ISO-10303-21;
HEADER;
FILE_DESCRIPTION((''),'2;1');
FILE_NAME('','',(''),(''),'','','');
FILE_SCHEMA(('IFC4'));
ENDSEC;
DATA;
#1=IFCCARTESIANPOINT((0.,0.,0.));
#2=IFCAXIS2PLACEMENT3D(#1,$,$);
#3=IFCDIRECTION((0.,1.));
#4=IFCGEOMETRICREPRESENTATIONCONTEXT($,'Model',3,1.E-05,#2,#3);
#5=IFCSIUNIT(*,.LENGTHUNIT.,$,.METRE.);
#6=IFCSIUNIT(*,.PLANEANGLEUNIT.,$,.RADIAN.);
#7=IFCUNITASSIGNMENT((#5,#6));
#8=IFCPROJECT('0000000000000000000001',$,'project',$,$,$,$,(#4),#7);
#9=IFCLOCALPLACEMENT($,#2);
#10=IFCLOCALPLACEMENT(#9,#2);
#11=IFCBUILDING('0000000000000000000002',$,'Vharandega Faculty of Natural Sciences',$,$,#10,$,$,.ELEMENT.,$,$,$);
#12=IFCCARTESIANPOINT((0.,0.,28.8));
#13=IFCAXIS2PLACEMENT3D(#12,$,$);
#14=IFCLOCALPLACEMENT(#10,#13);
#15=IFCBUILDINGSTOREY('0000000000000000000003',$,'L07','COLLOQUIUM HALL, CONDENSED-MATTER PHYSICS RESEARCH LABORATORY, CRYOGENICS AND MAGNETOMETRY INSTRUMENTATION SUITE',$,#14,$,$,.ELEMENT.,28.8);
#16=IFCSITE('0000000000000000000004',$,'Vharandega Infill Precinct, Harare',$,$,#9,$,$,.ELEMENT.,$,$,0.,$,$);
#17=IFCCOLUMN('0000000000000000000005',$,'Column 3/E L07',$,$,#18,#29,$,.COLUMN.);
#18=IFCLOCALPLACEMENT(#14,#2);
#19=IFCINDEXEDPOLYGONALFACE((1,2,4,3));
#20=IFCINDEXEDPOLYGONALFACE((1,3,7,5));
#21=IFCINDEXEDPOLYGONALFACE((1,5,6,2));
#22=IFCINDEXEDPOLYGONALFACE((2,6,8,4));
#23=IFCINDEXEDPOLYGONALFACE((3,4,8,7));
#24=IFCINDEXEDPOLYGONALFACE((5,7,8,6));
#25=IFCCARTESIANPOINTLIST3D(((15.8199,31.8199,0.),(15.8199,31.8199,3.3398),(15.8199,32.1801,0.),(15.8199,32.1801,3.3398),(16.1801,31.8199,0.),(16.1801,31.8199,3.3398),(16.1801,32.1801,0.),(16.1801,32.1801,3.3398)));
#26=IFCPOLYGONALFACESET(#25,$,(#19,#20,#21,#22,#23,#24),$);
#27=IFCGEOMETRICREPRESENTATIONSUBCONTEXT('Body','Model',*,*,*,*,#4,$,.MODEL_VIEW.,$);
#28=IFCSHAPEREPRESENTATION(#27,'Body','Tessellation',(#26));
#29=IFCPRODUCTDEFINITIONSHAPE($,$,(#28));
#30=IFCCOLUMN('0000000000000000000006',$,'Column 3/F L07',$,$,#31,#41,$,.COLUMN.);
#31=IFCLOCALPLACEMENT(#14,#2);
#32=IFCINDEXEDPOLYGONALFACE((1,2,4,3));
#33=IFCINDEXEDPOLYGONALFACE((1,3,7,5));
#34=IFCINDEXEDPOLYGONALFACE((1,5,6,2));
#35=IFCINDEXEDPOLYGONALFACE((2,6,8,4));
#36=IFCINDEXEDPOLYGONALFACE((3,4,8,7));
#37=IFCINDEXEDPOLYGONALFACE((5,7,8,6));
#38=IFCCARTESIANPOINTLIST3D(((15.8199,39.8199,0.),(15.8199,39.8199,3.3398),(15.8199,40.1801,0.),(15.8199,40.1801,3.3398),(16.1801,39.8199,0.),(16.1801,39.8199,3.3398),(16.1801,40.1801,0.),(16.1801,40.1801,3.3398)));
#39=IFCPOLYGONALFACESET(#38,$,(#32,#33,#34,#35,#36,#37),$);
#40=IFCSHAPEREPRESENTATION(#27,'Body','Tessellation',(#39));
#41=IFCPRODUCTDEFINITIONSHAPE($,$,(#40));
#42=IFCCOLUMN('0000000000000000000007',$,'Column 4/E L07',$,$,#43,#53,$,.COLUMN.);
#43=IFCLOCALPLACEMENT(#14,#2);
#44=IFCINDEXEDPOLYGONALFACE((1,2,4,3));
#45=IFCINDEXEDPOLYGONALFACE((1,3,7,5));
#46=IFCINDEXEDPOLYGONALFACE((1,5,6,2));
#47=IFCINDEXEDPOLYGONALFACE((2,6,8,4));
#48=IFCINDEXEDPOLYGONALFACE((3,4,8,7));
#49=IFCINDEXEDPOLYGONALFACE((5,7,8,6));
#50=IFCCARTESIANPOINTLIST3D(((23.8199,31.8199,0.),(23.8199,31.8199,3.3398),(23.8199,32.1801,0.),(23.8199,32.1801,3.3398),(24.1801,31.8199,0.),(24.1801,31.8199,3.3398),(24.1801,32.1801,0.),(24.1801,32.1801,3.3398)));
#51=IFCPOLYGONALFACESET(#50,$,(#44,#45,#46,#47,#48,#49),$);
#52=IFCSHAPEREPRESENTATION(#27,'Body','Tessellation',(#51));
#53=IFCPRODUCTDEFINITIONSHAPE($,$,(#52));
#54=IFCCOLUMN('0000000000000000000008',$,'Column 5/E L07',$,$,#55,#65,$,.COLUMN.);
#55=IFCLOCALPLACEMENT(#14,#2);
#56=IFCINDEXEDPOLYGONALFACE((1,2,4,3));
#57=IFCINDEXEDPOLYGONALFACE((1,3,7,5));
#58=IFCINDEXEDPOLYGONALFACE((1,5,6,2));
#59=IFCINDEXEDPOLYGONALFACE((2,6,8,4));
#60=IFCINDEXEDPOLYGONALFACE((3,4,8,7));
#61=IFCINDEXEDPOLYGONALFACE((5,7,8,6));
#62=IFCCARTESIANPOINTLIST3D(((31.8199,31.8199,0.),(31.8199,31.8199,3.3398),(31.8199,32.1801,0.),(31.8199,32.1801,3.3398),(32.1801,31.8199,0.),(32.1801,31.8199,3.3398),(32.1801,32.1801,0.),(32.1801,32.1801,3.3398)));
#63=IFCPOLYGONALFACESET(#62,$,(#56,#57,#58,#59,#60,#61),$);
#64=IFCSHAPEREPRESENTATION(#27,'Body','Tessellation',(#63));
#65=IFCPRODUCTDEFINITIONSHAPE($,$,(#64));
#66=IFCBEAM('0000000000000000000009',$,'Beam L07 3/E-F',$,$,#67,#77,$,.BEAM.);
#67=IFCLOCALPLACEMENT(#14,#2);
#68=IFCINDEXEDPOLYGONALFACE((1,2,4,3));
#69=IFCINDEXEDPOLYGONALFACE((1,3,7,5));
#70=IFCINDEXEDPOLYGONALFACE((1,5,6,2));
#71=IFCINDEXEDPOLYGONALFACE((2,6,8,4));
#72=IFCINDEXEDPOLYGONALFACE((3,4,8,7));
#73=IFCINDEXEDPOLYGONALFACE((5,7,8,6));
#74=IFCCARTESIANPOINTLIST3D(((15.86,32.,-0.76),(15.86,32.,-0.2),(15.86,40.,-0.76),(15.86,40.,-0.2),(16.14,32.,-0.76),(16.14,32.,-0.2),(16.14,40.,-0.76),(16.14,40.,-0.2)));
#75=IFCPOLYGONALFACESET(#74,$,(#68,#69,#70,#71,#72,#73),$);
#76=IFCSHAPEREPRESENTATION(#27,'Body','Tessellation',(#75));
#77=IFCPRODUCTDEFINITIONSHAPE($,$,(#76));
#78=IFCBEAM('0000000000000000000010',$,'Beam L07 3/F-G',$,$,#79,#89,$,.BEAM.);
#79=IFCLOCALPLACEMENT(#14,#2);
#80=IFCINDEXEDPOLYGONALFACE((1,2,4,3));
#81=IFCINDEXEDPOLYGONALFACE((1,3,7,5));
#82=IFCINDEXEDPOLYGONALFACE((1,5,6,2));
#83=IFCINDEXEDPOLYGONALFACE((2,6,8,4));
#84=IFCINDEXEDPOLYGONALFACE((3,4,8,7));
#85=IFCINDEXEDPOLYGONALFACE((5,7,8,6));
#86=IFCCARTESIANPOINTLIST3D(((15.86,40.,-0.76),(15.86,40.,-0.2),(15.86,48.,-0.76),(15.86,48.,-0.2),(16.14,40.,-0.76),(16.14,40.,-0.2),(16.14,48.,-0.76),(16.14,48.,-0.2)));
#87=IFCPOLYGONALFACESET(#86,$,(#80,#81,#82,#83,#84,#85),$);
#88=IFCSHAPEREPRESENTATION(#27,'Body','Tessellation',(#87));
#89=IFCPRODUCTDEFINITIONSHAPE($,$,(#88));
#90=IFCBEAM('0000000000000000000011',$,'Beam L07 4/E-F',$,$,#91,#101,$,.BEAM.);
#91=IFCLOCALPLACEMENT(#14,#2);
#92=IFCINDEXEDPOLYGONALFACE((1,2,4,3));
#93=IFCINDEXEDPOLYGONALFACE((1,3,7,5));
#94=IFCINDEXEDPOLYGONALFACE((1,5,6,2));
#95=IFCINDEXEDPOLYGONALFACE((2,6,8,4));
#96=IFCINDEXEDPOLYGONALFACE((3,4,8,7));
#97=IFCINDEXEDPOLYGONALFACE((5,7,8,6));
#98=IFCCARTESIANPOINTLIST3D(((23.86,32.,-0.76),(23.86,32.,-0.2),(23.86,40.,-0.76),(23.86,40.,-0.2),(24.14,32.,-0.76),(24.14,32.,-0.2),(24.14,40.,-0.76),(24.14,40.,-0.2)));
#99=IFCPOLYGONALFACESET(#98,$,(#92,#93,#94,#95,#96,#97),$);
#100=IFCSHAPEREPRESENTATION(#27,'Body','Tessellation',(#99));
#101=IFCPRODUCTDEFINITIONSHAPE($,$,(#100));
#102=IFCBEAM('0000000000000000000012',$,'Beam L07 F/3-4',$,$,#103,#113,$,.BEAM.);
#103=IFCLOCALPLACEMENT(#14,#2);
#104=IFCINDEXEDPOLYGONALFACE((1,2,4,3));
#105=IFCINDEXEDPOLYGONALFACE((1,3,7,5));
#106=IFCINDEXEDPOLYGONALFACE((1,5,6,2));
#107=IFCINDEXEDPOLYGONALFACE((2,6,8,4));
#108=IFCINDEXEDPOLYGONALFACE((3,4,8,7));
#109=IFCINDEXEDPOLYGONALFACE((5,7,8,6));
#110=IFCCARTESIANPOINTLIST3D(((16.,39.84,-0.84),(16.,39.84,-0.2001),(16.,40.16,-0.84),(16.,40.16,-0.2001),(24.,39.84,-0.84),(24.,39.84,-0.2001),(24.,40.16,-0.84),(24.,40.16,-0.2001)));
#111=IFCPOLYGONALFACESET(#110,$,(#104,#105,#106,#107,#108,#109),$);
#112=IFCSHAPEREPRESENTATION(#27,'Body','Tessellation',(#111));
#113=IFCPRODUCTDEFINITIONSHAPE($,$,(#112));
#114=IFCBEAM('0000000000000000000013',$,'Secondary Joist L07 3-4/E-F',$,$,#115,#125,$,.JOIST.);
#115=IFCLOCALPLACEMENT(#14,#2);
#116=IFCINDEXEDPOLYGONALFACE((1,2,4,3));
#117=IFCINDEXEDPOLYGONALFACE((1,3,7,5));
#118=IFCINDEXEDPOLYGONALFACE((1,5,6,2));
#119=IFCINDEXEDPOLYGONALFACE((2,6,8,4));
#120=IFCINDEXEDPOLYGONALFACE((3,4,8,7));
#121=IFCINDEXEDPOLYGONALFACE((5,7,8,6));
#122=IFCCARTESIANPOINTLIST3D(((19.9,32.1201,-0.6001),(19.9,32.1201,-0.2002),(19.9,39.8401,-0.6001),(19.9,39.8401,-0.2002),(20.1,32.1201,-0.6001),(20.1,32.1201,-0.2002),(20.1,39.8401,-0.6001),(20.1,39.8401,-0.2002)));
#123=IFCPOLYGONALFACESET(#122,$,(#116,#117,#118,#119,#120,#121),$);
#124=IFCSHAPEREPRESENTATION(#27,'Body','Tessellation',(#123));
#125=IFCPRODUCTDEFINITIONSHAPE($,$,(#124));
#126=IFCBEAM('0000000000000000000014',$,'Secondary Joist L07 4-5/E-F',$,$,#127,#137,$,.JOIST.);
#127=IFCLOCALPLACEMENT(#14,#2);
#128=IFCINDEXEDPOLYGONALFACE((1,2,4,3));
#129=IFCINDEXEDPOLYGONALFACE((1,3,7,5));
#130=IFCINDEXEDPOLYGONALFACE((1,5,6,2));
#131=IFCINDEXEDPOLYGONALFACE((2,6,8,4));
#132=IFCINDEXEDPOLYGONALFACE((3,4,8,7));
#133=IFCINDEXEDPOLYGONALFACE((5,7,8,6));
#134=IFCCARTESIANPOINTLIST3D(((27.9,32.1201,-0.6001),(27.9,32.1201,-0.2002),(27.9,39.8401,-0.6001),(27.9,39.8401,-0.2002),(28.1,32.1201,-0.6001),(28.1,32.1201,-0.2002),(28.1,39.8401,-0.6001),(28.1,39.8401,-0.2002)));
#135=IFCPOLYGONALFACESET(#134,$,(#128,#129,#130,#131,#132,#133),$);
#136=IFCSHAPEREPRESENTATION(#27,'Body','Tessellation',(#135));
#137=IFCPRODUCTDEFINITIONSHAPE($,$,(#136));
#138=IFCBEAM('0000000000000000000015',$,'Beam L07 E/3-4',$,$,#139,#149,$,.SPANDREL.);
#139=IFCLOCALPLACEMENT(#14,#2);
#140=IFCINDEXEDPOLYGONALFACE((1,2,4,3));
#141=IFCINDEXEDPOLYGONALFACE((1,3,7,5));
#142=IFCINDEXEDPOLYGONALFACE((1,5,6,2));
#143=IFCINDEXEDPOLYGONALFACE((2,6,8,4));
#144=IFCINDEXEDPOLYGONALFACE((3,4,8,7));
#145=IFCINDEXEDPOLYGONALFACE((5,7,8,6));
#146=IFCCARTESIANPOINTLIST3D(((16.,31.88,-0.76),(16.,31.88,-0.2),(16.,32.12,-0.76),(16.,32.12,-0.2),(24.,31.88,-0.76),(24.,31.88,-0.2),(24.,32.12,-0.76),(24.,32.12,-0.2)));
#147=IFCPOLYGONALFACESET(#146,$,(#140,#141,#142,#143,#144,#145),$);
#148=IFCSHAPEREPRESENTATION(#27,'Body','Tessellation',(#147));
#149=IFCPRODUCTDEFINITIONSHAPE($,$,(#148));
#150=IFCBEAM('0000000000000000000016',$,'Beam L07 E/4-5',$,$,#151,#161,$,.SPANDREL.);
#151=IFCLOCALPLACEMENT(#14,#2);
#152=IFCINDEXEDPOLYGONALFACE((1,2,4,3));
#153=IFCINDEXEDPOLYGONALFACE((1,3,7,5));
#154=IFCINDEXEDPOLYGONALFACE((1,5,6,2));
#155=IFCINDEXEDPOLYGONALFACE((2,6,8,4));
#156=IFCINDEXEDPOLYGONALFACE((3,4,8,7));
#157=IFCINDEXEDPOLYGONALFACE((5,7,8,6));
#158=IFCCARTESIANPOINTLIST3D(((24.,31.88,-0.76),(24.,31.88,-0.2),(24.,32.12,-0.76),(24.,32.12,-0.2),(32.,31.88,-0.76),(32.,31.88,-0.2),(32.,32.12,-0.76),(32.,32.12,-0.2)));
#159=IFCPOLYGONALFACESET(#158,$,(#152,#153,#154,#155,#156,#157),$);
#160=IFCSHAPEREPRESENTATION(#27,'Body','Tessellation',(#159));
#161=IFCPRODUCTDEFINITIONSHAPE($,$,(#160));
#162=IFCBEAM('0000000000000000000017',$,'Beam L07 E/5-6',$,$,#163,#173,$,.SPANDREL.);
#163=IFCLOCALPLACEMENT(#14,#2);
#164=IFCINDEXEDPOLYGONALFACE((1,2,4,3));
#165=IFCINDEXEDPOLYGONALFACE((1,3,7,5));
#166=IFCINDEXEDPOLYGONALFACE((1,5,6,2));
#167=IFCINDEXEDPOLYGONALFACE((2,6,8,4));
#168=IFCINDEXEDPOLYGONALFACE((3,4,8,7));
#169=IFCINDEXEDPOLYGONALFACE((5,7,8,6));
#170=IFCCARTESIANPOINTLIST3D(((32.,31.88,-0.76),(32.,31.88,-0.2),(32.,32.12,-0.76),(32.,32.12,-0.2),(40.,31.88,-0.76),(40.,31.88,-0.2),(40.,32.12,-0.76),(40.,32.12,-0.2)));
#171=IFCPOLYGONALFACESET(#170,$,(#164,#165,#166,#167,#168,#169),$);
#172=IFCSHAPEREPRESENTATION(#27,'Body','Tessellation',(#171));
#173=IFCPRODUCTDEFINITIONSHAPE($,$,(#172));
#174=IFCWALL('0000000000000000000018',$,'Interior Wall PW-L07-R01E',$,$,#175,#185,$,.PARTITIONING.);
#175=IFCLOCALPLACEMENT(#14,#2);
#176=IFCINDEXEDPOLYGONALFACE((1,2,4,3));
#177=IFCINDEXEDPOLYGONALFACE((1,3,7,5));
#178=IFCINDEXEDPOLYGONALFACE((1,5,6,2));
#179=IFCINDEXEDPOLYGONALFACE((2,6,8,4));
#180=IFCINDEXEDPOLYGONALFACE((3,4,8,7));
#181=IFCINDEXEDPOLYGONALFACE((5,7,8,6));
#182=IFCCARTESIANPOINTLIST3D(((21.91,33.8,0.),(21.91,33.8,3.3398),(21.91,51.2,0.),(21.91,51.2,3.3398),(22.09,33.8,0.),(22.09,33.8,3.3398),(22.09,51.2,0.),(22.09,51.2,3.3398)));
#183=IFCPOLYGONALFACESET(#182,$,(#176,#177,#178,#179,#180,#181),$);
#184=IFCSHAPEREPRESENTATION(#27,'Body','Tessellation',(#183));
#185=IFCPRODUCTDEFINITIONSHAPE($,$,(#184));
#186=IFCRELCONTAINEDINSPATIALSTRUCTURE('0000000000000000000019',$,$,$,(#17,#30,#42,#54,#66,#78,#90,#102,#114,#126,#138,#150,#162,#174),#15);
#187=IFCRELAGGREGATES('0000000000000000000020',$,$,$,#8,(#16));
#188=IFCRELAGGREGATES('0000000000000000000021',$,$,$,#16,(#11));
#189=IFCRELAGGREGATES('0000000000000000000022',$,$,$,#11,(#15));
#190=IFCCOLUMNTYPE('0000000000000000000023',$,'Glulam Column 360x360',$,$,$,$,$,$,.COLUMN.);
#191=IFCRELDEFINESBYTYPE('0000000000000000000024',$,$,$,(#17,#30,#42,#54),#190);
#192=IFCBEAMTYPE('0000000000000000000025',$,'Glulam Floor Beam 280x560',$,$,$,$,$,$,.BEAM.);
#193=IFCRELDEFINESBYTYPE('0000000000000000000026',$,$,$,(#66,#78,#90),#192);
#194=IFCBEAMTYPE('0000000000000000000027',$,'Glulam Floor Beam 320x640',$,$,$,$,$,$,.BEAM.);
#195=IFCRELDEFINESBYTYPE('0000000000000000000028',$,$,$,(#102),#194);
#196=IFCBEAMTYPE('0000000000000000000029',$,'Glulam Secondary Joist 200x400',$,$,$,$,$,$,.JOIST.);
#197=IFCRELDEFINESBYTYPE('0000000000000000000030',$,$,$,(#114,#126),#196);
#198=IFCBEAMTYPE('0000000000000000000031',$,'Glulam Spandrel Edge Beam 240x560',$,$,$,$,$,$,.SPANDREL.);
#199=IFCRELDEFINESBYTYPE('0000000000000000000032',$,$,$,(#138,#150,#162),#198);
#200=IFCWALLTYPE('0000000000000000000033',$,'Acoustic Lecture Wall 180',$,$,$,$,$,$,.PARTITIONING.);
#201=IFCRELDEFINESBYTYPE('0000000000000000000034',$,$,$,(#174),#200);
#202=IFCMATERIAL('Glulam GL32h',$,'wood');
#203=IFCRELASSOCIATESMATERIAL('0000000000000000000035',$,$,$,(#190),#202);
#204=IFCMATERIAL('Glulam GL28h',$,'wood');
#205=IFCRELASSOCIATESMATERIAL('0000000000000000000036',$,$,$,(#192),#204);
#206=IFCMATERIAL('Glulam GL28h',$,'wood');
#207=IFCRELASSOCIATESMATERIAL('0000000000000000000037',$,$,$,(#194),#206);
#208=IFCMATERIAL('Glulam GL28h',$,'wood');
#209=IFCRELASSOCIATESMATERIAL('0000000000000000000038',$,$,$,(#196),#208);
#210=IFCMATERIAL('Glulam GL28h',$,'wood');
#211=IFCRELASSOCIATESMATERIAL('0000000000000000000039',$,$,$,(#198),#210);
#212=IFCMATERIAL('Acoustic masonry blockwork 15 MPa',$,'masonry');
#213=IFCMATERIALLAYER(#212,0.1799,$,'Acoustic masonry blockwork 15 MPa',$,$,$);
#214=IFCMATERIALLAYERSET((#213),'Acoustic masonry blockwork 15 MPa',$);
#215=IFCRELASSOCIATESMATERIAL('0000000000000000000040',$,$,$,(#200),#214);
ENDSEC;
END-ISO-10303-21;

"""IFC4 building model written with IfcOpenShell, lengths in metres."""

from ifc_helpers import new_model, si_unit, direction, frame, frame_2d, origin, origin_2d, place, context, subcontext, project, spatial, rectangle, extrude, material, layer, layer_set, material_profile, profile_set, type_object, element, save


model = new_model("IFC4")

# Units and contexts
model_context = context("Model", 3, precision=1e-05, world=origin(), true_north=direction((0.0, 1.0)))
body_context = subcontext(model_context, "Body", "Model", "MODEL_VIEW")
ifc_project = project(units=[si_unit("LENGTHUNIT", "METRE"), si_unit("PLANEANGLEUNIT", "RADIAN")], contexts=[model_context])

# Site, building, storey
site_placement = place(None, origin())
site = spatial("IfcSite", under=ifc_project, at=site_placement, Name="Vharandega Infill Precinct, Harare", CompositionType="ELEMENT", RefElevation=0.0)
building_placement = place(site_placement, origin())
building = spatial("IfcBuilding", under=site, at=building_placement, Name="Vharandega Faculty of Natural Sciences", CompositionType="ELEMENT")
storey_placement = place(building_placement, frame((0.0, 0.0, 28.8)))
storey = spatial("IfcBuildingStorey", under=building, at=storey_placement, Name="L07", Description="COLLOQUIUM HALL, CONDENSED-MATTER PHYSICS RESEARCH LABORATORY, CRYOGENICS AND MAGNETOMETRY INSTRUMENTATION SUITE", CompositionType="ELEMENT", Elevation=28.8)

# Columns
ifc_material_1 = material(Name="Glulam GL32h", Category="wood")
ifc_material_profile_1 = material_profile(ifc_material_1, rectangle(XDim=0.3601, YDim=0.3601, at=origin_2d()), Name="GL32h 360x360")
ifc_profile_set_1 = profile_set([ifc_material_profile_1], Name="Glulam GL32h")
column_type = type_object("IfcColumnType", Name="Glulam Column 360x360", PredefinedType="COLUMN", material=ifc_profile_set_1)
for number, where, z_axis, x_axis, name in (
    (1, (16.0, 32.0, 0.0), (0.0, 0.0, 1.0), (1.0, 0.0, 0.0), "Column 3/E L07"),
    (2, (16.0, 40.0, 0.0), (0.0, 0.0, 1.0), (1.0, 0.0, 0.0), "Column 3/F L07"),
    (3, (24.0, 32.0, 0.0), (0.0, 0.0, 1.0), (1.0, 0.0, 0.0), "Column 4/E L07"),
    (4, (32.0, 32.0, 0.0), (0.0, 0.0, 1.0), (1.0, 0.0, 0.0), "Column 5/E L07"),
):
    element("IfcColumn", number, at=place(storey_placement, frame(where, z_axis=z_axis, x_axis=x_axis)), inside=storey, type_object=column_type, Name=name, PredefinedType="COLUMN", context=body_context, shape_type="SweptSolid", body=[
        extrude(rectangle(XDim=0.3601, YDim=0.3601, at=origin_2d()), origin(), (0.0, 0.0, 1.0), 3.3398),
    ])

# Beams
ifc_material_2 = material(Name="Glulam GL28h", Category="wood")
ifc_material_profile_2 = material_profile(ifc_material_2, rectangle(XDim=0.28, YDim=0.5601, at=origin_2d()), Name="GL28h 280x560")
ifc_profile_set_2 = profile_set([ifc_material_profile_2], Name="Glulam GL28h")
beam_type_1 = type_object("IfcBeamType", Name="Glulam Floor Beam 280x560", PredefinedType="BEAM", material=ifc_profile_set_2)
for number, where, z_axis, x_axis, name in (
    (5, (16.0, 32.0, -0.48), (0.0, 1.0, 0.0), (-1.0, 0.0, 0.0), "Beam L07 3/E-F"),
    (6, (16.0, 40.0, -0.48), (0.0, 1.0, 0.0), (-1.0, 0.0, 0.0), "Beam L07 3/F-G"),
    (7, (24.0, 32.0, -0.48), (0.0, 1.0, 0.0), (-1.0, 0.0, 0.0), "Beam L07 4/E-F"),
):
    element("IfcBeam", number, at=place(storey_placement, frame(where, z_axis=z_axis, x_axis=x_axis)), inside=storey, type_object=beam_type_1, Name=name, PredefinedType="BEAM", context=body_context, shape_type="SweptSolid", body=[
        extrude(rectangle(XDim=0.28, YDim=0.5601, at=origin_2d()), origin(), (0.0, 0.0, 1.0), 8.0),
    ])
ifc_material_3 = material(Name="Glulam GL28h", Category="wood")
ifc_material_profile_3 = material_profile(ifc_material_3, rectangle(XDim=0.3201, YDim=0.6399, at=origin_2d()), Name="GL28h 320x640")
ifc_profile_set_3 = profile_set([ifc_material_profile_3], Name="Glulam GL28h")
beam_type_2 = type_object("IfcBeamType", Name="Glulam Floor Beam 320x640", PredefinedType="BEAM", material=ifc_profile_set_3)
beam_placement = place(storey_placement, frame((16.0, 40.0, -0.52), z_axis=(1.0, 0.0, 0.0), x_axis=(0.0, 1.0, 0.0)))
element("IfcBeam", 8, at=beam_placement, inside=storey, type_object=beam_type_2, Name="Beam L07 F/3-4", PredefinedType="BEAM", context=body_context, shape_type="SweptSolid", body=[
    extrude(rectangle(XDim=0.3201, YDim=0.6399, at=origin_2d()), origin(), (0.0, 0.0, 1.0), 8.0),
])
ifc_material_4 = material(Name="Glulam GL28h", Category="wood")
ifc_material_profile_4 = material_profile(ifc_material_4, rectangle(XDim=0.2, YDim=0.3999, at=origin_2d()), Name="GL28h 200x400")
ifc_profile_set_4 = profile_set([ifc_material_profile_4], Name="Glulam GL28h")
beam_type_3 = type_object("IfcBeamType", Name="Glulam Secondary Joist 200x400", PredefinedType="JOIST", material=ifc_profile_set_4)
for number, where, z_axis, x_axis, name in (
    (9, (20.0, 32.1201, -0.4001), (0.0, 1.0, 0.0), (-1.0, 0.0, 0.0), "Secondary Joist L07 3-4/E-F"),
    (10, (28.0, 32.1201, -0.4001), (0.0, 1.0, 0.0), (-1.0, 0.0, 0.0), "Secondary Joist L07 4-5/E-F"),
):
    element("IfcBeam", number, at=place(storey_placement, frame(where, z_axis=z_axis, x_axis=x_axis)), inside=storey, type_object=beam_type_3, Name=name, PredefinedType="JOIST", context=body_context, shape_type="SweptSolid", body=[
        extrude(rectangle(XDim=0.2, YDim=0.3999, at=origin_2d()), origin(), (0.0, 0.0, 1.0), 7.72),
    ])
ifc_material_5 = material(Name="Glulam GL28h", Category="wood")
ifc_material_profile_5 = material_profile(ifc_material_5, rectangle(XDim=0.24, YDim=0.5601, at=origin_2d()), Name="GL28h 240x560")
ifc_profile_set_5 = profile_set([ifc_material_profile_5], Name="Glulam GL28h")
beam_type_4 = type_object("IfcBeamType", Name="Glulam Spandrel Edge Beam 240x560", PredefinedType="SPANDREL", material=ifc_profile_set_5)
for number, where, z_axis, x_axis, name in (
    (11, (16.0, 32.0, -0.48), (1.0, 0.0, 0.0), (0.0, 1.0, 0.0), "Beam L07 E/3-4"),
    (12, (24.0, 32.0, -0.48), (1.0, 0.0, 0.0), (0.0, 1.0, 0.0), "Beam L07 E/4-5"),
    (13, (32.0, 32.0, -0.48), (1.0, 0.0, 0.0), (0.0, 1.0, 0.0), "Beam L07 E/5-6"),
):
    element("IfcBeam", number, at=place(storey_placement, frame(where, z_axis=z_axis, x_axis=x_axis)), inside=storey, type_object=beam_type_4, Name=name, PredefinedType="SPANDREL", context=body_context, shape_type="SweptSolid", body=[
        extrude(rectangle(XDim=0.24, YDim=0.5601, at=origin_2d()), origin(), (0.0, 0.0, 1.0), 8.0),
    ])

# Wall
ifc_material_6 = material(Name="Acoustic masonry blockwork 15 MPa", Category="masonry")
ifc_layer_1 = layer(ifc_material_6, 0.1799, Name="Acoustic masonry blockwork 15 MPa")
ifc_layer_set_1 = layer_set([ifc_layer_1], Name="Acoustic masonry blockwork 15 MPa")
wall_type_1 = type_object("IfcWallType", Name="Acoustic Lecture Wall 180", PredefinedType="PARTITIONING", material=ifc_layer_set_1)
wall_1_placement = place(storey_placement, frame((22.0, 33.8, 0.0), z_axis=(0.0, 0.0, 1.0), x_axis=(0.0, 1.0, 0.0)))
element("IfcWall", 14, at=wall_1_placement, inside=storey, type_object=wall_type_1, Name="Interior Wall PW-L07-R01E", PredefinedType="PARTITIONING", context=body_context, shape_type="SweptSolid", body=[
    extrude(rectangle(XDim=17.3999, YDim=0.1799, at=frame_2d((8.7, 0.0))), origin(), (0.0, 0.0, 1.0), 3.3398),
])

save(model, "model.ifc")
